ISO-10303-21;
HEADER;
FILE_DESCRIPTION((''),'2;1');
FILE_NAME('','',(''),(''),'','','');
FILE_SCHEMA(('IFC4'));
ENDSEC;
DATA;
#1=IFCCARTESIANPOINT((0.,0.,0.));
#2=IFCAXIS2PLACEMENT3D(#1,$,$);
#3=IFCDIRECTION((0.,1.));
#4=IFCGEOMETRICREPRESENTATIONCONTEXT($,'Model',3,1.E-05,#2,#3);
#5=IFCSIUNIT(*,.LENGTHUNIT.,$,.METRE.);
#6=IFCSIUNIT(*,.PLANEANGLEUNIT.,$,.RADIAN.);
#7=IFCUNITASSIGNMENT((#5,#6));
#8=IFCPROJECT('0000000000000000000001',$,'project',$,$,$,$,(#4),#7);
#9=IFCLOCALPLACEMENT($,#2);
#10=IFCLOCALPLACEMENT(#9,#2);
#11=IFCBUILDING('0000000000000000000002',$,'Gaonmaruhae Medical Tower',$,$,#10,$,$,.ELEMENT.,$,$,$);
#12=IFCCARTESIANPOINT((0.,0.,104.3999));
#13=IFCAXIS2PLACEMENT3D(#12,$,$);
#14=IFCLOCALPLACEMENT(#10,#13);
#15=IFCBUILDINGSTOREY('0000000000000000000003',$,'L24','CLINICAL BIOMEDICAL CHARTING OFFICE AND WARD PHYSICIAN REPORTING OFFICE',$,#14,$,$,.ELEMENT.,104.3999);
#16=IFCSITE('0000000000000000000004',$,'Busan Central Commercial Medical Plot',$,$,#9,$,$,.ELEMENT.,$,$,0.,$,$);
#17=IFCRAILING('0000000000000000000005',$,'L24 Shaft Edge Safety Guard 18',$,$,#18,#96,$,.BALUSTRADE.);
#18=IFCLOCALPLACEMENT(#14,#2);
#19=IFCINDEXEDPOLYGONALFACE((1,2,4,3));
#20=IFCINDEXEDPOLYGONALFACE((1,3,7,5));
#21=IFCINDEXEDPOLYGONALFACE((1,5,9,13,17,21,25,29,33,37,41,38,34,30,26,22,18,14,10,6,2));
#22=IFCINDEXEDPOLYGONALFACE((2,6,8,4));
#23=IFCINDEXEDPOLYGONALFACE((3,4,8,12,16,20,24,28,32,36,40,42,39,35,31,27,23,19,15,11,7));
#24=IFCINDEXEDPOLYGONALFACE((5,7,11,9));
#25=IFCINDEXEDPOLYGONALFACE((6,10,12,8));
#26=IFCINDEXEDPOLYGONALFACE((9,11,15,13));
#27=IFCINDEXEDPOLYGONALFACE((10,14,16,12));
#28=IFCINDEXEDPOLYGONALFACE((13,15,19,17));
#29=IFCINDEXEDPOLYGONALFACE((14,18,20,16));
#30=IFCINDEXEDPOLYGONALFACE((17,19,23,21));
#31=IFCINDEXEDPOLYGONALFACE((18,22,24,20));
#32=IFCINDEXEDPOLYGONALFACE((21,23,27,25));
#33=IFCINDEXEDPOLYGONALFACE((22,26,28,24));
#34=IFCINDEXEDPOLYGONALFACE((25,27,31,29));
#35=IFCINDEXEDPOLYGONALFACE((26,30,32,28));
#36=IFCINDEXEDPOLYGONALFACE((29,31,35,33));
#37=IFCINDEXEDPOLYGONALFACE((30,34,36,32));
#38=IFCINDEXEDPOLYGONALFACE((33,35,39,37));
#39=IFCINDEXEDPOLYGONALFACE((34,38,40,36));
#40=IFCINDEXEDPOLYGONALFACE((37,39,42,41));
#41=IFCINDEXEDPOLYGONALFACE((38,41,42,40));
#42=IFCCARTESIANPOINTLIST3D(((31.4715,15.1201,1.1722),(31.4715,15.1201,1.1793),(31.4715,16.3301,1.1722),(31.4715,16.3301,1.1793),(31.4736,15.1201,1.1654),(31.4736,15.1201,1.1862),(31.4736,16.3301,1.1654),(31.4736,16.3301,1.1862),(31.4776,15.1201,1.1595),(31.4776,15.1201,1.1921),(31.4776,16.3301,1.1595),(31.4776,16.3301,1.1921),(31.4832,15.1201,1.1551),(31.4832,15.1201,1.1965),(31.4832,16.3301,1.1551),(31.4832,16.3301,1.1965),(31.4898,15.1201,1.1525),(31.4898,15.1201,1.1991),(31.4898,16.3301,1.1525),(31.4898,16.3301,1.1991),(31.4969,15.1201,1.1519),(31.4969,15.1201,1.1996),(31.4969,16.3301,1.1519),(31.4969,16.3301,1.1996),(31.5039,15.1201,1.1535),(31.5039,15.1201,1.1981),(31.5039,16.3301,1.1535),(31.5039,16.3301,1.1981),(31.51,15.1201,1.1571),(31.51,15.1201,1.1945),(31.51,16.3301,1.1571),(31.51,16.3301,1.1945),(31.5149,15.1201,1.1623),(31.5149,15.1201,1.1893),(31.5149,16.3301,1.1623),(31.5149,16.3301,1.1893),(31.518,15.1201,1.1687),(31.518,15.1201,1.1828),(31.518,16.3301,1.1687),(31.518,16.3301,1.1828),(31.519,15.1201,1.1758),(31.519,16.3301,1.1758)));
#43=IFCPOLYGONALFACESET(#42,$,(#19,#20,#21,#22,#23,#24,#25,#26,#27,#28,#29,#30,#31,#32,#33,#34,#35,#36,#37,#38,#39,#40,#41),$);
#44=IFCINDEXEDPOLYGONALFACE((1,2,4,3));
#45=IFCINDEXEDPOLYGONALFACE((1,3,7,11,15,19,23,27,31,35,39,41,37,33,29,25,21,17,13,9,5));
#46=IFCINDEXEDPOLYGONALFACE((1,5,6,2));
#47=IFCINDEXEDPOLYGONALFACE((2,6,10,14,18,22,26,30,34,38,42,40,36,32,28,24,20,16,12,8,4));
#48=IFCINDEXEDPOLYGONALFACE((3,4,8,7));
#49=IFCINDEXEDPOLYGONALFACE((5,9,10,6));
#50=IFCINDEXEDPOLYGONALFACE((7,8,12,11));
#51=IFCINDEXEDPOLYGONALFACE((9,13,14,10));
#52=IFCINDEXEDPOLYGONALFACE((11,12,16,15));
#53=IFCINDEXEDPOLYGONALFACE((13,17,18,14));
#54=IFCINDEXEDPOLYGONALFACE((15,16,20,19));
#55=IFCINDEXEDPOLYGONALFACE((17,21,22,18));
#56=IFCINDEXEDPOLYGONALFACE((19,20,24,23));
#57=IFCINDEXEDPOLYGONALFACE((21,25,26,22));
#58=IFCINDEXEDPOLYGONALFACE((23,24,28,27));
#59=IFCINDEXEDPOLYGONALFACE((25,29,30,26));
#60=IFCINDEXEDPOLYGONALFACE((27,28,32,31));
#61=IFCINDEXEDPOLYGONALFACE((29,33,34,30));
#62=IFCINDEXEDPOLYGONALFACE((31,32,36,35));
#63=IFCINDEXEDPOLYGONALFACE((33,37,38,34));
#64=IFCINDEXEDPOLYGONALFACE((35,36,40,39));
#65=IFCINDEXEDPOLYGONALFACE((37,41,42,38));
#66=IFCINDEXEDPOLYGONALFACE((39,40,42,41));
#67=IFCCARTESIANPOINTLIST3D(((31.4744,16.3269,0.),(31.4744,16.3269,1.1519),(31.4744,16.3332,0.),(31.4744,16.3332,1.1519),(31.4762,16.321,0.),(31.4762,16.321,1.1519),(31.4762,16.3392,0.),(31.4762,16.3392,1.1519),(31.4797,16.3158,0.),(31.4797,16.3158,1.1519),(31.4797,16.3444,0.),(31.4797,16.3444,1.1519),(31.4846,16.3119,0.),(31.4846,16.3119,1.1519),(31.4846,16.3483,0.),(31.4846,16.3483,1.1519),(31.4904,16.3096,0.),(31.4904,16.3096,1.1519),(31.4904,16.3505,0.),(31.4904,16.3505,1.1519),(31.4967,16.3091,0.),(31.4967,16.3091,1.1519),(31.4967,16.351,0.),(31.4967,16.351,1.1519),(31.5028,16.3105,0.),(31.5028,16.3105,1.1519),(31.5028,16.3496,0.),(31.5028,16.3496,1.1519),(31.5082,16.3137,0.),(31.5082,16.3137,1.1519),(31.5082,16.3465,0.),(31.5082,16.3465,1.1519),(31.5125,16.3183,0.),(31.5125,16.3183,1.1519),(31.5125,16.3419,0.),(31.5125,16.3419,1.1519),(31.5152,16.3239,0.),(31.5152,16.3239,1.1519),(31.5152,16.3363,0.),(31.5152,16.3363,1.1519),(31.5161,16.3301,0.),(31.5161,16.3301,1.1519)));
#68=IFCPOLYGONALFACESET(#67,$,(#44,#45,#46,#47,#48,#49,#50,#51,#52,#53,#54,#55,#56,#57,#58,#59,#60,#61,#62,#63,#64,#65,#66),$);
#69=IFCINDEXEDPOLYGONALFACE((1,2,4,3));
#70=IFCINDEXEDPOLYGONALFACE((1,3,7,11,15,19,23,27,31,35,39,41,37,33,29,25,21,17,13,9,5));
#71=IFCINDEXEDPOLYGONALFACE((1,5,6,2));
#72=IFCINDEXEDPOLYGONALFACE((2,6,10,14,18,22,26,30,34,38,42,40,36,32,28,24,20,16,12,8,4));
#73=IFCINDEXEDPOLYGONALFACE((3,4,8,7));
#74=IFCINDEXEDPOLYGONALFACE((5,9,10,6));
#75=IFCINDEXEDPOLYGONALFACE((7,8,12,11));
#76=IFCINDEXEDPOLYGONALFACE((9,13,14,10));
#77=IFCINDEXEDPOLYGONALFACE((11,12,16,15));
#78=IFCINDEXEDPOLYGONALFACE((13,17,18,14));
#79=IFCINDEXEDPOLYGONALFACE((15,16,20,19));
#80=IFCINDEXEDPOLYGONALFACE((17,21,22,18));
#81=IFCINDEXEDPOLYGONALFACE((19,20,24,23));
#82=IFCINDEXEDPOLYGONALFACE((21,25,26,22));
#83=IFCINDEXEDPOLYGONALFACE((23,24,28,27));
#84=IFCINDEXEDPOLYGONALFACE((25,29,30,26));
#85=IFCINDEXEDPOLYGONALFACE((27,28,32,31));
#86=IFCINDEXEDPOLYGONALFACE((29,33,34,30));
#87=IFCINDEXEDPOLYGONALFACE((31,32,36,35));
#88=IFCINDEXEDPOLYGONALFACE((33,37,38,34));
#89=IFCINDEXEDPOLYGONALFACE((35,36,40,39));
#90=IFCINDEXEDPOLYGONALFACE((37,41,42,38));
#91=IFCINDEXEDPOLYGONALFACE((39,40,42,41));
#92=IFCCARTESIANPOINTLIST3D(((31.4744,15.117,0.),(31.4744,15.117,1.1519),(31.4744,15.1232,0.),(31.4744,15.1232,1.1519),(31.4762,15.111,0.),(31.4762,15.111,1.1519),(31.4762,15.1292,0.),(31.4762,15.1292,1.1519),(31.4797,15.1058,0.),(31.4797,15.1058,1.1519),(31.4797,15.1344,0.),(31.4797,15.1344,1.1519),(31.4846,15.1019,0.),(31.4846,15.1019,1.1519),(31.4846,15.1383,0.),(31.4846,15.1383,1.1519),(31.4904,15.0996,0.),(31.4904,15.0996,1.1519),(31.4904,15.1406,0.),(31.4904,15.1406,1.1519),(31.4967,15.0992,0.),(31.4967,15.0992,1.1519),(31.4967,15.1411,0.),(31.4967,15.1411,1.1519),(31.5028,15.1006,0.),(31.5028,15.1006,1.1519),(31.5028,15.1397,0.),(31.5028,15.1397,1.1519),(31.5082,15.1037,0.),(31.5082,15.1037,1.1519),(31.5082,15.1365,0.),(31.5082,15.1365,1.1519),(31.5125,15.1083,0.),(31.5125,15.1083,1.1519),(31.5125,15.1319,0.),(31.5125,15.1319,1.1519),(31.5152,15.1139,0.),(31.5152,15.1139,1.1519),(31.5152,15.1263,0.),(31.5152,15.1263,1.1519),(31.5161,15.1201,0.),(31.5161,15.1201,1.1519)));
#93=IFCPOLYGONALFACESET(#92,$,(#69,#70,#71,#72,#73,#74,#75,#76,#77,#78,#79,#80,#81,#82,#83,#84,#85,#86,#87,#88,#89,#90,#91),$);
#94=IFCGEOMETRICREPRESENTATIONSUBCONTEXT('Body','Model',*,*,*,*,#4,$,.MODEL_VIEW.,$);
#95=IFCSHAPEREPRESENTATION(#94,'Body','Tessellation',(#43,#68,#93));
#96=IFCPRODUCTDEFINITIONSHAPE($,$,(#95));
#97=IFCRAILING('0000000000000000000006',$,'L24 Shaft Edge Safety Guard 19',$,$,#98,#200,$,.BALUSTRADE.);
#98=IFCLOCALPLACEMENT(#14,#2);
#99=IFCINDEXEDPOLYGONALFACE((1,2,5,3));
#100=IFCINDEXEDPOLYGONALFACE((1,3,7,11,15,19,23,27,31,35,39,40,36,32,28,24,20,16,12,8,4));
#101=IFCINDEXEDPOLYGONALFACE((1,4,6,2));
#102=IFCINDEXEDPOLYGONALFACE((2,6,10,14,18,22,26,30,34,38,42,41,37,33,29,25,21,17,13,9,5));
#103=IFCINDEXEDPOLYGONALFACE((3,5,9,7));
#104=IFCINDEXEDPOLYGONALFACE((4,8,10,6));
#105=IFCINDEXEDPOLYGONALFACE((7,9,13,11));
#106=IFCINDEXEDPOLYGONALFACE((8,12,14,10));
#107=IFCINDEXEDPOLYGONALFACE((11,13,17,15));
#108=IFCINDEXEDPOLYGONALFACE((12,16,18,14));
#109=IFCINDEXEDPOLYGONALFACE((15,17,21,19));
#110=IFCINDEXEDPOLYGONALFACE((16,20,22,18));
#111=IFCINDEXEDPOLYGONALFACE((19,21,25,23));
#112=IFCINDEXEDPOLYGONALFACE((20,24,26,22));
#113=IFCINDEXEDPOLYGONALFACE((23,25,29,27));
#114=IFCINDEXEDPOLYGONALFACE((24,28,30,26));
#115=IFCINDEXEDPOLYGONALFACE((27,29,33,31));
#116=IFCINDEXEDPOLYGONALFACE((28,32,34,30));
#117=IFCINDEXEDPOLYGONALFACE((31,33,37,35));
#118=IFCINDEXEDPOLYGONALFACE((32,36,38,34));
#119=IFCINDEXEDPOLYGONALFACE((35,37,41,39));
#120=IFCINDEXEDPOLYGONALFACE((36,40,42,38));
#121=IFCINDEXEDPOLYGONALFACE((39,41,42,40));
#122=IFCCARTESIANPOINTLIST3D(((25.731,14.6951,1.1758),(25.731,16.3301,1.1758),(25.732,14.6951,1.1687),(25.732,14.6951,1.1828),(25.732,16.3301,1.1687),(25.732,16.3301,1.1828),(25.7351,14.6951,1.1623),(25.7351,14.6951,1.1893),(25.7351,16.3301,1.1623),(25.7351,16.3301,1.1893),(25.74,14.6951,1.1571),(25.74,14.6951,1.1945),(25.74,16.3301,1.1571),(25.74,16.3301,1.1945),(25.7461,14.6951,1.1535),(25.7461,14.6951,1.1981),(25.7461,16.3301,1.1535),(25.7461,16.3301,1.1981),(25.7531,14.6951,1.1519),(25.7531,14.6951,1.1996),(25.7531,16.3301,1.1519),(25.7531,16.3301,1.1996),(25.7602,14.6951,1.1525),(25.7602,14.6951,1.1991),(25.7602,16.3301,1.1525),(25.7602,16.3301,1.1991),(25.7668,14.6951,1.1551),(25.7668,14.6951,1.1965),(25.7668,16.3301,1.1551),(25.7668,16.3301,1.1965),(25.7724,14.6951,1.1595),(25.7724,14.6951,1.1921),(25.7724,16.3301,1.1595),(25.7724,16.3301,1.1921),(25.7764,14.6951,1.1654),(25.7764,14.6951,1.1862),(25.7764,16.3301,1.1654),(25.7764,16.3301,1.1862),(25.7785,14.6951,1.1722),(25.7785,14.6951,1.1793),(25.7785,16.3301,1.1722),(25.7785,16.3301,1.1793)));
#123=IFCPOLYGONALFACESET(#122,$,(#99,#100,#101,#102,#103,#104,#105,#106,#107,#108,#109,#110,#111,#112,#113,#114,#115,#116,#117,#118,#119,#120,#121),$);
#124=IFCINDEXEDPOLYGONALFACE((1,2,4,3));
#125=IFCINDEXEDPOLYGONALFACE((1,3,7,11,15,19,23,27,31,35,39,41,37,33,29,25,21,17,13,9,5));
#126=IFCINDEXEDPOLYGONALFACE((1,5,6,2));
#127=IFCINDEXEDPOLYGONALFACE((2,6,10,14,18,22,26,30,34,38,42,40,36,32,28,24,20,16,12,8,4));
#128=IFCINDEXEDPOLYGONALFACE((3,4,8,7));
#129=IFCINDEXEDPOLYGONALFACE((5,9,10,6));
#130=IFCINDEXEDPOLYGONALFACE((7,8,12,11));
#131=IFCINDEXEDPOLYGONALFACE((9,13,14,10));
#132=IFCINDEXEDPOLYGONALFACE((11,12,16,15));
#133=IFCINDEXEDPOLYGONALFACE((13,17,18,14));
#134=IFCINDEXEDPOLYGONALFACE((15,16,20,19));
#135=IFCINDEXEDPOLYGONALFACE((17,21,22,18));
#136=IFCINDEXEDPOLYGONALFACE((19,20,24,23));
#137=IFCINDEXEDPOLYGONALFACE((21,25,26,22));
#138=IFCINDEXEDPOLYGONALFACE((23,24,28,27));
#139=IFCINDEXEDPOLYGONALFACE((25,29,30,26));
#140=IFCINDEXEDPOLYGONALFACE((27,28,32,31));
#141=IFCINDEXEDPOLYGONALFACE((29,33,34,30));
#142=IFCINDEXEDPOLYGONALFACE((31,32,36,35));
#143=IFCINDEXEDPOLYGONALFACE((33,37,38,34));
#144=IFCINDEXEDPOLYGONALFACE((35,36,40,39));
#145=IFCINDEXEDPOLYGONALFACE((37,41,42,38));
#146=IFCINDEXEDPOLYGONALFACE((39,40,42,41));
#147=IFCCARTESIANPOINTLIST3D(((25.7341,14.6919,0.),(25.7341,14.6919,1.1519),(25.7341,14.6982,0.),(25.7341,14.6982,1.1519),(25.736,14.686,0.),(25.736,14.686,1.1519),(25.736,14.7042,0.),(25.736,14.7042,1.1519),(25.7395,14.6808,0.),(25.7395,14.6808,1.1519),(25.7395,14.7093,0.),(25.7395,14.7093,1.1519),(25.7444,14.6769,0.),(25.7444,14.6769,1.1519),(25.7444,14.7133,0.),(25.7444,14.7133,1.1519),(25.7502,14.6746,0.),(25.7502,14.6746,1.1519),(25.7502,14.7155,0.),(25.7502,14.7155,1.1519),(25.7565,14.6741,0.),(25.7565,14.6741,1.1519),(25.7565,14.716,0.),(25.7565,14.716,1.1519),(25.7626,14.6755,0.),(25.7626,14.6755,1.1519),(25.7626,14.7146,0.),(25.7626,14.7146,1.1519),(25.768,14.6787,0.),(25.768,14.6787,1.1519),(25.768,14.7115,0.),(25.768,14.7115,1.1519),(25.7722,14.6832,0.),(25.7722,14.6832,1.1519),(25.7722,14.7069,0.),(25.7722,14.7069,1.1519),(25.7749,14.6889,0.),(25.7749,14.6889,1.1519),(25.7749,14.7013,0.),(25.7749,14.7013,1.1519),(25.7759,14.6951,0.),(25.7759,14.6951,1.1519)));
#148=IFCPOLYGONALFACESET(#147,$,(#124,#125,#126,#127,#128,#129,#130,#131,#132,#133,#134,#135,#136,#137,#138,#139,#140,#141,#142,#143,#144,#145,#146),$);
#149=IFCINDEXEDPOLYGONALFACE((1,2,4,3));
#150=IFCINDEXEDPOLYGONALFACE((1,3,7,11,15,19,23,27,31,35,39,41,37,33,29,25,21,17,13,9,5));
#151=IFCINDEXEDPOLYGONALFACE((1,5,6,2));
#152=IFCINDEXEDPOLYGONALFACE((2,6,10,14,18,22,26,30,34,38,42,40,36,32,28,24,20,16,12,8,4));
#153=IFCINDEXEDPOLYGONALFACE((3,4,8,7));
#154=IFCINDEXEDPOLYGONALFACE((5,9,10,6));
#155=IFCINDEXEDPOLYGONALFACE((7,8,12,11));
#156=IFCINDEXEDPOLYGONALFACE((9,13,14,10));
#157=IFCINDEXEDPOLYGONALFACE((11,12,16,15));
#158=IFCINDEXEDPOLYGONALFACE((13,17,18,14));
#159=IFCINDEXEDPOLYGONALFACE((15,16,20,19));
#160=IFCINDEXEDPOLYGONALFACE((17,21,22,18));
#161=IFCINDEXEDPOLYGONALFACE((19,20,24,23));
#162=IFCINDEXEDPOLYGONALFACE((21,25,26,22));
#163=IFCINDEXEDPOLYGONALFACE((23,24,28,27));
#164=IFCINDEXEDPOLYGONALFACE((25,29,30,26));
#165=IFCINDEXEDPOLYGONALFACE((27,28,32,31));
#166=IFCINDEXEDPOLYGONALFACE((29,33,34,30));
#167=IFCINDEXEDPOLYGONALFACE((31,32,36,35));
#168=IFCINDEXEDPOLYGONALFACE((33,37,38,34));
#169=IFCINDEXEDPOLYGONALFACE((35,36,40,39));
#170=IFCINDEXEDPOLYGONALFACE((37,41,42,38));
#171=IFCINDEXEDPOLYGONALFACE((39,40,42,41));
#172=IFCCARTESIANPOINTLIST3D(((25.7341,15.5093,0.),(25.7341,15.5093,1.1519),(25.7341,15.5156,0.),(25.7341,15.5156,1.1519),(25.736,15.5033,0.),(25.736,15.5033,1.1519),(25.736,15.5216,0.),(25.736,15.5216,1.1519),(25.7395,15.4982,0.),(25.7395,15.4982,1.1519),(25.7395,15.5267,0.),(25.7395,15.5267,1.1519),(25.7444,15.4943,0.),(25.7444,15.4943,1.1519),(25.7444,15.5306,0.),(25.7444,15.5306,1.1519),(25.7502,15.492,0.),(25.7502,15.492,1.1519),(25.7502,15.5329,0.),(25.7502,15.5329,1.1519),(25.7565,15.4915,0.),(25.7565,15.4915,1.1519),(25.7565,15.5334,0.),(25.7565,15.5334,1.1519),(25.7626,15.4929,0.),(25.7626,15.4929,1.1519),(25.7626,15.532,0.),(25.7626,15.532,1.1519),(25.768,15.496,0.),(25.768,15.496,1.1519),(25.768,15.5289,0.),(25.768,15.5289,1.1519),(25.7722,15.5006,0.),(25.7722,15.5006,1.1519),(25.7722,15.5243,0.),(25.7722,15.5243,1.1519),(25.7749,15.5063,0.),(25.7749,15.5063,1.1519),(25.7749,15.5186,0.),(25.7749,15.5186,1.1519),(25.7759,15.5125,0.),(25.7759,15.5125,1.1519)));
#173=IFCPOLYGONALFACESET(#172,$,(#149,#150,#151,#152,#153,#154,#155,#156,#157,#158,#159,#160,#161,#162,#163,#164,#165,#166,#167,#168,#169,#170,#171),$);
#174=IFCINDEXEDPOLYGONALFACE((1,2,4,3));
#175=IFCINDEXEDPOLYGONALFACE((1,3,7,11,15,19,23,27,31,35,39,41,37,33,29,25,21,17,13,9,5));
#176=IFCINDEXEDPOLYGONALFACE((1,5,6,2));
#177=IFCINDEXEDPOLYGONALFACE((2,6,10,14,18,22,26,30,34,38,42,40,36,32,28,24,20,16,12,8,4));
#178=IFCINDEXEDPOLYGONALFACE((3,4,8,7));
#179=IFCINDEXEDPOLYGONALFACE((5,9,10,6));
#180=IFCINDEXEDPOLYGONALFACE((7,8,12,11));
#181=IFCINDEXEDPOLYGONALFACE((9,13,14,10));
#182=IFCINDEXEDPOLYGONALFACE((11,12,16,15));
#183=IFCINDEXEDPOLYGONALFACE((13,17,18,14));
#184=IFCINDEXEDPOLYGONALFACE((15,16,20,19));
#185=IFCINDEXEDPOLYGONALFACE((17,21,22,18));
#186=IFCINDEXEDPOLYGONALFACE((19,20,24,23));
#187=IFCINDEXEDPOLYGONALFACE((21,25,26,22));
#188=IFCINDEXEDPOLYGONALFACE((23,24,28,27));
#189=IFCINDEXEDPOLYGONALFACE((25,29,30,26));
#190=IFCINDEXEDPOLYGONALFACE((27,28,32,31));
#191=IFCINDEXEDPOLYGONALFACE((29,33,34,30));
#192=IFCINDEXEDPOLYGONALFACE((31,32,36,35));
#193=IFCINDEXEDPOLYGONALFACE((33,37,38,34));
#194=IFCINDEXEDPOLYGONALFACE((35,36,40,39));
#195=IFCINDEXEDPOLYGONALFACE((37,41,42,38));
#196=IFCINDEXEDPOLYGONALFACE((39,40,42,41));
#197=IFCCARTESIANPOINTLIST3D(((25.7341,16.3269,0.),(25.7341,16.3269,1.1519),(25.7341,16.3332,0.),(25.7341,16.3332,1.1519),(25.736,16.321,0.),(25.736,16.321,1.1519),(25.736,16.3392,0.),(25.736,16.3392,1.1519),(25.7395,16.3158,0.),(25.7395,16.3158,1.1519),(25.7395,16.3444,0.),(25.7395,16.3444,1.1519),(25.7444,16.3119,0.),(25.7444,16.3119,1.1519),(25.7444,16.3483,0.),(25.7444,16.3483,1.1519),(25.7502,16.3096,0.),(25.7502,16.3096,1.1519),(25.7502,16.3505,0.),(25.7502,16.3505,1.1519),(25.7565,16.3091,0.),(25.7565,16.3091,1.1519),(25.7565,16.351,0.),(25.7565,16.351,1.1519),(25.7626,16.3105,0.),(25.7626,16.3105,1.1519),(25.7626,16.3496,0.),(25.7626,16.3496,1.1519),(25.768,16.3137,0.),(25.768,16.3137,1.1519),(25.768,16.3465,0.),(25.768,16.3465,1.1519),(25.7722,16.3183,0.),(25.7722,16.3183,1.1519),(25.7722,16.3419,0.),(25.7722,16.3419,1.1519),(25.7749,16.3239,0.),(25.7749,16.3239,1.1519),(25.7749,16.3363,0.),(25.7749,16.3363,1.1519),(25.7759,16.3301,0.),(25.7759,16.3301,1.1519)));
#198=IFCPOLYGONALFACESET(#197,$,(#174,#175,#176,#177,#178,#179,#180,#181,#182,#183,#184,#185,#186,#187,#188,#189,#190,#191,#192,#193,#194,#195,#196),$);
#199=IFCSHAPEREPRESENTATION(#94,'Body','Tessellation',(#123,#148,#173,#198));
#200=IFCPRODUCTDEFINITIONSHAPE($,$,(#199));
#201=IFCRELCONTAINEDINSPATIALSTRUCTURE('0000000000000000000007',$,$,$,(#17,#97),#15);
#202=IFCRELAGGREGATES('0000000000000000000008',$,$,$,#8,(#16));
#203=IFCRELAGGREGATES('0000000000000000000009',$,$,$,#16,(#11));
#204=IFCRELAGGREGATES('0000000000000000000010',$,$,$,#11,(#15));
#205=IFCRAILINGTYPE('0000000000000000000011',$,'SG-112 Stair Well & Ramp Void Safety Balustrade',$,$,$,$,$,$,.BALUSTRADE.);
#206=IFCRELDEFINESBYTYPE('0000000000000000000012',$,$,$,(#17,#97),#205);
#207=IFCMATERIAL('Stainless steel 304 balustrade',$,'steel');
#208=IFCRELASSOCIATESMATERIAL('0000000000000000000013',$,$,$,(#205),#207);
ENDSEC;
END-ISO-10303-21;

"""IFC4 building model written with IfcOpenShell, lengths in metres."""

from ifc_helpers import new_model, si_unit, direction, frame, origin, origin_2d, place, context, subcontext, project, spatial, circle, extrude, material, type_object, element, save


model = new_model("IFC4")

# Units and contexts
model_context = context("Model", 3, precision=1e-05, world=origin(), true_north=direction((0.0, 1.0)))
body_context = subcontext(model_context, "Body", "Model", "MODEL_VIEW")
ifc_project = project(units=[si_unit("LENGTHUNIT", "METRE"), si_unit("PLANEANGLEUNIT", "RADIAN")], contexts=[model_context])

# Site, building, storey
site_placement = place(None, origin())
site = spatial("IfcSite", under=ifc_project, at=site_placement, Name="Busan Central Commercial Medical Plot", CompositionType="ELEMENT", RefElevation=0.0)
building_placement = place(site_placement, origin())
building = spatial("IfcBuilding", under=site, at=building_placement, Name="Gaonmaruhae Medical Tower", CompositionType="ELEMENT")
storey_placement = place(building_placement, frame((0.0, 0.0, 104.3999)))
storey = spatial("IfcBuildingStorey", under=building, at=storey_placement, Name="L24", Description="CLINICAL BIOMEDICAL CHARTING OFFICE AND WARD PHYSICIAN REPORTING OFFICE", CompositionType="ELEMENT", Elevation=104.3999)

# Railings
ifc_material_1 = material(Name="Stainless steel 304 balustrade", Category="steel")
railing_type = type_object("IfcRailingType", Name="SG-112 Stair Well & Ramp Void Safety Balustrade", PredefinedType="BALUSTRADE", material=ifc_material_1)
railing_1_placement = place(storey_placement, frame((31.4951, 16.3301, 0.0)))
element("IfcRailing", 1, at=railing_1_placement, inside=storey, type_object=railing_type, Name="L24 Shaft Edge Safety Guard 18", PredefinedType="BALUSTRADE", context=body_context, shape_type="SweptSolid", body=[
    extrude(circle(Radius=0.0239, at=origin_2d()), frame((0.0, 0.0, 1.1758), z_axis=(0.0, -1.0, 0.0), x_axis=(1.0, 0.0, 0.0)), (0.0, 0.0, 1.0), 1.21),
    extrude(circle(Radius=0.021, at=origin_2d()), origin(), (0.0, 0.0, 1.0), 1.1519),
    extrude(circle(Radius=0.021, at=origin_2d()), frame((0.0, -1.21, 0.0)), (0.0, 0.0, 1.0), 1.1519),
])
railing_2_placement = place(storey_placement, frame((25.7549, 14.6951, 0.0)))
element("IfcRailing", 2, at=railing_2_placement, inside=storey, type_object=railing_type, Name="L24 Shaft Edge Safety Guard 19", PredefinedType="BALUSTRADE", context=body_context, shape_type="SweptSolid", body=[
    extrude(circle(Radius=0.0239, at=origin_2d()), frame((0.0, 0.0, 1.1758), z_axis=(0.0, 1.0, 0.0), x_axis=(-1.0, 0.0, 0.0)), (0.0, 0.0, 1.0), 1.635),
    extrude(circle(Radius=0.021, at=origin_2d()), origin(), (0.0, 0.0, 1.0), 1.1519),
    extrude(circle(Radius=0.021, at=origin_2d()), frame((0.0, 0.8174, 0.0)), (0.0, 0.0, 1.0), 1.1519),
    extrude(circle(Radius=0.021, at=origin_2d()), frame((0.0, 1.635, 0.0)), (0.0, 0.0, 1.0), 1.1519),
])

save(model, "model.ifc")
